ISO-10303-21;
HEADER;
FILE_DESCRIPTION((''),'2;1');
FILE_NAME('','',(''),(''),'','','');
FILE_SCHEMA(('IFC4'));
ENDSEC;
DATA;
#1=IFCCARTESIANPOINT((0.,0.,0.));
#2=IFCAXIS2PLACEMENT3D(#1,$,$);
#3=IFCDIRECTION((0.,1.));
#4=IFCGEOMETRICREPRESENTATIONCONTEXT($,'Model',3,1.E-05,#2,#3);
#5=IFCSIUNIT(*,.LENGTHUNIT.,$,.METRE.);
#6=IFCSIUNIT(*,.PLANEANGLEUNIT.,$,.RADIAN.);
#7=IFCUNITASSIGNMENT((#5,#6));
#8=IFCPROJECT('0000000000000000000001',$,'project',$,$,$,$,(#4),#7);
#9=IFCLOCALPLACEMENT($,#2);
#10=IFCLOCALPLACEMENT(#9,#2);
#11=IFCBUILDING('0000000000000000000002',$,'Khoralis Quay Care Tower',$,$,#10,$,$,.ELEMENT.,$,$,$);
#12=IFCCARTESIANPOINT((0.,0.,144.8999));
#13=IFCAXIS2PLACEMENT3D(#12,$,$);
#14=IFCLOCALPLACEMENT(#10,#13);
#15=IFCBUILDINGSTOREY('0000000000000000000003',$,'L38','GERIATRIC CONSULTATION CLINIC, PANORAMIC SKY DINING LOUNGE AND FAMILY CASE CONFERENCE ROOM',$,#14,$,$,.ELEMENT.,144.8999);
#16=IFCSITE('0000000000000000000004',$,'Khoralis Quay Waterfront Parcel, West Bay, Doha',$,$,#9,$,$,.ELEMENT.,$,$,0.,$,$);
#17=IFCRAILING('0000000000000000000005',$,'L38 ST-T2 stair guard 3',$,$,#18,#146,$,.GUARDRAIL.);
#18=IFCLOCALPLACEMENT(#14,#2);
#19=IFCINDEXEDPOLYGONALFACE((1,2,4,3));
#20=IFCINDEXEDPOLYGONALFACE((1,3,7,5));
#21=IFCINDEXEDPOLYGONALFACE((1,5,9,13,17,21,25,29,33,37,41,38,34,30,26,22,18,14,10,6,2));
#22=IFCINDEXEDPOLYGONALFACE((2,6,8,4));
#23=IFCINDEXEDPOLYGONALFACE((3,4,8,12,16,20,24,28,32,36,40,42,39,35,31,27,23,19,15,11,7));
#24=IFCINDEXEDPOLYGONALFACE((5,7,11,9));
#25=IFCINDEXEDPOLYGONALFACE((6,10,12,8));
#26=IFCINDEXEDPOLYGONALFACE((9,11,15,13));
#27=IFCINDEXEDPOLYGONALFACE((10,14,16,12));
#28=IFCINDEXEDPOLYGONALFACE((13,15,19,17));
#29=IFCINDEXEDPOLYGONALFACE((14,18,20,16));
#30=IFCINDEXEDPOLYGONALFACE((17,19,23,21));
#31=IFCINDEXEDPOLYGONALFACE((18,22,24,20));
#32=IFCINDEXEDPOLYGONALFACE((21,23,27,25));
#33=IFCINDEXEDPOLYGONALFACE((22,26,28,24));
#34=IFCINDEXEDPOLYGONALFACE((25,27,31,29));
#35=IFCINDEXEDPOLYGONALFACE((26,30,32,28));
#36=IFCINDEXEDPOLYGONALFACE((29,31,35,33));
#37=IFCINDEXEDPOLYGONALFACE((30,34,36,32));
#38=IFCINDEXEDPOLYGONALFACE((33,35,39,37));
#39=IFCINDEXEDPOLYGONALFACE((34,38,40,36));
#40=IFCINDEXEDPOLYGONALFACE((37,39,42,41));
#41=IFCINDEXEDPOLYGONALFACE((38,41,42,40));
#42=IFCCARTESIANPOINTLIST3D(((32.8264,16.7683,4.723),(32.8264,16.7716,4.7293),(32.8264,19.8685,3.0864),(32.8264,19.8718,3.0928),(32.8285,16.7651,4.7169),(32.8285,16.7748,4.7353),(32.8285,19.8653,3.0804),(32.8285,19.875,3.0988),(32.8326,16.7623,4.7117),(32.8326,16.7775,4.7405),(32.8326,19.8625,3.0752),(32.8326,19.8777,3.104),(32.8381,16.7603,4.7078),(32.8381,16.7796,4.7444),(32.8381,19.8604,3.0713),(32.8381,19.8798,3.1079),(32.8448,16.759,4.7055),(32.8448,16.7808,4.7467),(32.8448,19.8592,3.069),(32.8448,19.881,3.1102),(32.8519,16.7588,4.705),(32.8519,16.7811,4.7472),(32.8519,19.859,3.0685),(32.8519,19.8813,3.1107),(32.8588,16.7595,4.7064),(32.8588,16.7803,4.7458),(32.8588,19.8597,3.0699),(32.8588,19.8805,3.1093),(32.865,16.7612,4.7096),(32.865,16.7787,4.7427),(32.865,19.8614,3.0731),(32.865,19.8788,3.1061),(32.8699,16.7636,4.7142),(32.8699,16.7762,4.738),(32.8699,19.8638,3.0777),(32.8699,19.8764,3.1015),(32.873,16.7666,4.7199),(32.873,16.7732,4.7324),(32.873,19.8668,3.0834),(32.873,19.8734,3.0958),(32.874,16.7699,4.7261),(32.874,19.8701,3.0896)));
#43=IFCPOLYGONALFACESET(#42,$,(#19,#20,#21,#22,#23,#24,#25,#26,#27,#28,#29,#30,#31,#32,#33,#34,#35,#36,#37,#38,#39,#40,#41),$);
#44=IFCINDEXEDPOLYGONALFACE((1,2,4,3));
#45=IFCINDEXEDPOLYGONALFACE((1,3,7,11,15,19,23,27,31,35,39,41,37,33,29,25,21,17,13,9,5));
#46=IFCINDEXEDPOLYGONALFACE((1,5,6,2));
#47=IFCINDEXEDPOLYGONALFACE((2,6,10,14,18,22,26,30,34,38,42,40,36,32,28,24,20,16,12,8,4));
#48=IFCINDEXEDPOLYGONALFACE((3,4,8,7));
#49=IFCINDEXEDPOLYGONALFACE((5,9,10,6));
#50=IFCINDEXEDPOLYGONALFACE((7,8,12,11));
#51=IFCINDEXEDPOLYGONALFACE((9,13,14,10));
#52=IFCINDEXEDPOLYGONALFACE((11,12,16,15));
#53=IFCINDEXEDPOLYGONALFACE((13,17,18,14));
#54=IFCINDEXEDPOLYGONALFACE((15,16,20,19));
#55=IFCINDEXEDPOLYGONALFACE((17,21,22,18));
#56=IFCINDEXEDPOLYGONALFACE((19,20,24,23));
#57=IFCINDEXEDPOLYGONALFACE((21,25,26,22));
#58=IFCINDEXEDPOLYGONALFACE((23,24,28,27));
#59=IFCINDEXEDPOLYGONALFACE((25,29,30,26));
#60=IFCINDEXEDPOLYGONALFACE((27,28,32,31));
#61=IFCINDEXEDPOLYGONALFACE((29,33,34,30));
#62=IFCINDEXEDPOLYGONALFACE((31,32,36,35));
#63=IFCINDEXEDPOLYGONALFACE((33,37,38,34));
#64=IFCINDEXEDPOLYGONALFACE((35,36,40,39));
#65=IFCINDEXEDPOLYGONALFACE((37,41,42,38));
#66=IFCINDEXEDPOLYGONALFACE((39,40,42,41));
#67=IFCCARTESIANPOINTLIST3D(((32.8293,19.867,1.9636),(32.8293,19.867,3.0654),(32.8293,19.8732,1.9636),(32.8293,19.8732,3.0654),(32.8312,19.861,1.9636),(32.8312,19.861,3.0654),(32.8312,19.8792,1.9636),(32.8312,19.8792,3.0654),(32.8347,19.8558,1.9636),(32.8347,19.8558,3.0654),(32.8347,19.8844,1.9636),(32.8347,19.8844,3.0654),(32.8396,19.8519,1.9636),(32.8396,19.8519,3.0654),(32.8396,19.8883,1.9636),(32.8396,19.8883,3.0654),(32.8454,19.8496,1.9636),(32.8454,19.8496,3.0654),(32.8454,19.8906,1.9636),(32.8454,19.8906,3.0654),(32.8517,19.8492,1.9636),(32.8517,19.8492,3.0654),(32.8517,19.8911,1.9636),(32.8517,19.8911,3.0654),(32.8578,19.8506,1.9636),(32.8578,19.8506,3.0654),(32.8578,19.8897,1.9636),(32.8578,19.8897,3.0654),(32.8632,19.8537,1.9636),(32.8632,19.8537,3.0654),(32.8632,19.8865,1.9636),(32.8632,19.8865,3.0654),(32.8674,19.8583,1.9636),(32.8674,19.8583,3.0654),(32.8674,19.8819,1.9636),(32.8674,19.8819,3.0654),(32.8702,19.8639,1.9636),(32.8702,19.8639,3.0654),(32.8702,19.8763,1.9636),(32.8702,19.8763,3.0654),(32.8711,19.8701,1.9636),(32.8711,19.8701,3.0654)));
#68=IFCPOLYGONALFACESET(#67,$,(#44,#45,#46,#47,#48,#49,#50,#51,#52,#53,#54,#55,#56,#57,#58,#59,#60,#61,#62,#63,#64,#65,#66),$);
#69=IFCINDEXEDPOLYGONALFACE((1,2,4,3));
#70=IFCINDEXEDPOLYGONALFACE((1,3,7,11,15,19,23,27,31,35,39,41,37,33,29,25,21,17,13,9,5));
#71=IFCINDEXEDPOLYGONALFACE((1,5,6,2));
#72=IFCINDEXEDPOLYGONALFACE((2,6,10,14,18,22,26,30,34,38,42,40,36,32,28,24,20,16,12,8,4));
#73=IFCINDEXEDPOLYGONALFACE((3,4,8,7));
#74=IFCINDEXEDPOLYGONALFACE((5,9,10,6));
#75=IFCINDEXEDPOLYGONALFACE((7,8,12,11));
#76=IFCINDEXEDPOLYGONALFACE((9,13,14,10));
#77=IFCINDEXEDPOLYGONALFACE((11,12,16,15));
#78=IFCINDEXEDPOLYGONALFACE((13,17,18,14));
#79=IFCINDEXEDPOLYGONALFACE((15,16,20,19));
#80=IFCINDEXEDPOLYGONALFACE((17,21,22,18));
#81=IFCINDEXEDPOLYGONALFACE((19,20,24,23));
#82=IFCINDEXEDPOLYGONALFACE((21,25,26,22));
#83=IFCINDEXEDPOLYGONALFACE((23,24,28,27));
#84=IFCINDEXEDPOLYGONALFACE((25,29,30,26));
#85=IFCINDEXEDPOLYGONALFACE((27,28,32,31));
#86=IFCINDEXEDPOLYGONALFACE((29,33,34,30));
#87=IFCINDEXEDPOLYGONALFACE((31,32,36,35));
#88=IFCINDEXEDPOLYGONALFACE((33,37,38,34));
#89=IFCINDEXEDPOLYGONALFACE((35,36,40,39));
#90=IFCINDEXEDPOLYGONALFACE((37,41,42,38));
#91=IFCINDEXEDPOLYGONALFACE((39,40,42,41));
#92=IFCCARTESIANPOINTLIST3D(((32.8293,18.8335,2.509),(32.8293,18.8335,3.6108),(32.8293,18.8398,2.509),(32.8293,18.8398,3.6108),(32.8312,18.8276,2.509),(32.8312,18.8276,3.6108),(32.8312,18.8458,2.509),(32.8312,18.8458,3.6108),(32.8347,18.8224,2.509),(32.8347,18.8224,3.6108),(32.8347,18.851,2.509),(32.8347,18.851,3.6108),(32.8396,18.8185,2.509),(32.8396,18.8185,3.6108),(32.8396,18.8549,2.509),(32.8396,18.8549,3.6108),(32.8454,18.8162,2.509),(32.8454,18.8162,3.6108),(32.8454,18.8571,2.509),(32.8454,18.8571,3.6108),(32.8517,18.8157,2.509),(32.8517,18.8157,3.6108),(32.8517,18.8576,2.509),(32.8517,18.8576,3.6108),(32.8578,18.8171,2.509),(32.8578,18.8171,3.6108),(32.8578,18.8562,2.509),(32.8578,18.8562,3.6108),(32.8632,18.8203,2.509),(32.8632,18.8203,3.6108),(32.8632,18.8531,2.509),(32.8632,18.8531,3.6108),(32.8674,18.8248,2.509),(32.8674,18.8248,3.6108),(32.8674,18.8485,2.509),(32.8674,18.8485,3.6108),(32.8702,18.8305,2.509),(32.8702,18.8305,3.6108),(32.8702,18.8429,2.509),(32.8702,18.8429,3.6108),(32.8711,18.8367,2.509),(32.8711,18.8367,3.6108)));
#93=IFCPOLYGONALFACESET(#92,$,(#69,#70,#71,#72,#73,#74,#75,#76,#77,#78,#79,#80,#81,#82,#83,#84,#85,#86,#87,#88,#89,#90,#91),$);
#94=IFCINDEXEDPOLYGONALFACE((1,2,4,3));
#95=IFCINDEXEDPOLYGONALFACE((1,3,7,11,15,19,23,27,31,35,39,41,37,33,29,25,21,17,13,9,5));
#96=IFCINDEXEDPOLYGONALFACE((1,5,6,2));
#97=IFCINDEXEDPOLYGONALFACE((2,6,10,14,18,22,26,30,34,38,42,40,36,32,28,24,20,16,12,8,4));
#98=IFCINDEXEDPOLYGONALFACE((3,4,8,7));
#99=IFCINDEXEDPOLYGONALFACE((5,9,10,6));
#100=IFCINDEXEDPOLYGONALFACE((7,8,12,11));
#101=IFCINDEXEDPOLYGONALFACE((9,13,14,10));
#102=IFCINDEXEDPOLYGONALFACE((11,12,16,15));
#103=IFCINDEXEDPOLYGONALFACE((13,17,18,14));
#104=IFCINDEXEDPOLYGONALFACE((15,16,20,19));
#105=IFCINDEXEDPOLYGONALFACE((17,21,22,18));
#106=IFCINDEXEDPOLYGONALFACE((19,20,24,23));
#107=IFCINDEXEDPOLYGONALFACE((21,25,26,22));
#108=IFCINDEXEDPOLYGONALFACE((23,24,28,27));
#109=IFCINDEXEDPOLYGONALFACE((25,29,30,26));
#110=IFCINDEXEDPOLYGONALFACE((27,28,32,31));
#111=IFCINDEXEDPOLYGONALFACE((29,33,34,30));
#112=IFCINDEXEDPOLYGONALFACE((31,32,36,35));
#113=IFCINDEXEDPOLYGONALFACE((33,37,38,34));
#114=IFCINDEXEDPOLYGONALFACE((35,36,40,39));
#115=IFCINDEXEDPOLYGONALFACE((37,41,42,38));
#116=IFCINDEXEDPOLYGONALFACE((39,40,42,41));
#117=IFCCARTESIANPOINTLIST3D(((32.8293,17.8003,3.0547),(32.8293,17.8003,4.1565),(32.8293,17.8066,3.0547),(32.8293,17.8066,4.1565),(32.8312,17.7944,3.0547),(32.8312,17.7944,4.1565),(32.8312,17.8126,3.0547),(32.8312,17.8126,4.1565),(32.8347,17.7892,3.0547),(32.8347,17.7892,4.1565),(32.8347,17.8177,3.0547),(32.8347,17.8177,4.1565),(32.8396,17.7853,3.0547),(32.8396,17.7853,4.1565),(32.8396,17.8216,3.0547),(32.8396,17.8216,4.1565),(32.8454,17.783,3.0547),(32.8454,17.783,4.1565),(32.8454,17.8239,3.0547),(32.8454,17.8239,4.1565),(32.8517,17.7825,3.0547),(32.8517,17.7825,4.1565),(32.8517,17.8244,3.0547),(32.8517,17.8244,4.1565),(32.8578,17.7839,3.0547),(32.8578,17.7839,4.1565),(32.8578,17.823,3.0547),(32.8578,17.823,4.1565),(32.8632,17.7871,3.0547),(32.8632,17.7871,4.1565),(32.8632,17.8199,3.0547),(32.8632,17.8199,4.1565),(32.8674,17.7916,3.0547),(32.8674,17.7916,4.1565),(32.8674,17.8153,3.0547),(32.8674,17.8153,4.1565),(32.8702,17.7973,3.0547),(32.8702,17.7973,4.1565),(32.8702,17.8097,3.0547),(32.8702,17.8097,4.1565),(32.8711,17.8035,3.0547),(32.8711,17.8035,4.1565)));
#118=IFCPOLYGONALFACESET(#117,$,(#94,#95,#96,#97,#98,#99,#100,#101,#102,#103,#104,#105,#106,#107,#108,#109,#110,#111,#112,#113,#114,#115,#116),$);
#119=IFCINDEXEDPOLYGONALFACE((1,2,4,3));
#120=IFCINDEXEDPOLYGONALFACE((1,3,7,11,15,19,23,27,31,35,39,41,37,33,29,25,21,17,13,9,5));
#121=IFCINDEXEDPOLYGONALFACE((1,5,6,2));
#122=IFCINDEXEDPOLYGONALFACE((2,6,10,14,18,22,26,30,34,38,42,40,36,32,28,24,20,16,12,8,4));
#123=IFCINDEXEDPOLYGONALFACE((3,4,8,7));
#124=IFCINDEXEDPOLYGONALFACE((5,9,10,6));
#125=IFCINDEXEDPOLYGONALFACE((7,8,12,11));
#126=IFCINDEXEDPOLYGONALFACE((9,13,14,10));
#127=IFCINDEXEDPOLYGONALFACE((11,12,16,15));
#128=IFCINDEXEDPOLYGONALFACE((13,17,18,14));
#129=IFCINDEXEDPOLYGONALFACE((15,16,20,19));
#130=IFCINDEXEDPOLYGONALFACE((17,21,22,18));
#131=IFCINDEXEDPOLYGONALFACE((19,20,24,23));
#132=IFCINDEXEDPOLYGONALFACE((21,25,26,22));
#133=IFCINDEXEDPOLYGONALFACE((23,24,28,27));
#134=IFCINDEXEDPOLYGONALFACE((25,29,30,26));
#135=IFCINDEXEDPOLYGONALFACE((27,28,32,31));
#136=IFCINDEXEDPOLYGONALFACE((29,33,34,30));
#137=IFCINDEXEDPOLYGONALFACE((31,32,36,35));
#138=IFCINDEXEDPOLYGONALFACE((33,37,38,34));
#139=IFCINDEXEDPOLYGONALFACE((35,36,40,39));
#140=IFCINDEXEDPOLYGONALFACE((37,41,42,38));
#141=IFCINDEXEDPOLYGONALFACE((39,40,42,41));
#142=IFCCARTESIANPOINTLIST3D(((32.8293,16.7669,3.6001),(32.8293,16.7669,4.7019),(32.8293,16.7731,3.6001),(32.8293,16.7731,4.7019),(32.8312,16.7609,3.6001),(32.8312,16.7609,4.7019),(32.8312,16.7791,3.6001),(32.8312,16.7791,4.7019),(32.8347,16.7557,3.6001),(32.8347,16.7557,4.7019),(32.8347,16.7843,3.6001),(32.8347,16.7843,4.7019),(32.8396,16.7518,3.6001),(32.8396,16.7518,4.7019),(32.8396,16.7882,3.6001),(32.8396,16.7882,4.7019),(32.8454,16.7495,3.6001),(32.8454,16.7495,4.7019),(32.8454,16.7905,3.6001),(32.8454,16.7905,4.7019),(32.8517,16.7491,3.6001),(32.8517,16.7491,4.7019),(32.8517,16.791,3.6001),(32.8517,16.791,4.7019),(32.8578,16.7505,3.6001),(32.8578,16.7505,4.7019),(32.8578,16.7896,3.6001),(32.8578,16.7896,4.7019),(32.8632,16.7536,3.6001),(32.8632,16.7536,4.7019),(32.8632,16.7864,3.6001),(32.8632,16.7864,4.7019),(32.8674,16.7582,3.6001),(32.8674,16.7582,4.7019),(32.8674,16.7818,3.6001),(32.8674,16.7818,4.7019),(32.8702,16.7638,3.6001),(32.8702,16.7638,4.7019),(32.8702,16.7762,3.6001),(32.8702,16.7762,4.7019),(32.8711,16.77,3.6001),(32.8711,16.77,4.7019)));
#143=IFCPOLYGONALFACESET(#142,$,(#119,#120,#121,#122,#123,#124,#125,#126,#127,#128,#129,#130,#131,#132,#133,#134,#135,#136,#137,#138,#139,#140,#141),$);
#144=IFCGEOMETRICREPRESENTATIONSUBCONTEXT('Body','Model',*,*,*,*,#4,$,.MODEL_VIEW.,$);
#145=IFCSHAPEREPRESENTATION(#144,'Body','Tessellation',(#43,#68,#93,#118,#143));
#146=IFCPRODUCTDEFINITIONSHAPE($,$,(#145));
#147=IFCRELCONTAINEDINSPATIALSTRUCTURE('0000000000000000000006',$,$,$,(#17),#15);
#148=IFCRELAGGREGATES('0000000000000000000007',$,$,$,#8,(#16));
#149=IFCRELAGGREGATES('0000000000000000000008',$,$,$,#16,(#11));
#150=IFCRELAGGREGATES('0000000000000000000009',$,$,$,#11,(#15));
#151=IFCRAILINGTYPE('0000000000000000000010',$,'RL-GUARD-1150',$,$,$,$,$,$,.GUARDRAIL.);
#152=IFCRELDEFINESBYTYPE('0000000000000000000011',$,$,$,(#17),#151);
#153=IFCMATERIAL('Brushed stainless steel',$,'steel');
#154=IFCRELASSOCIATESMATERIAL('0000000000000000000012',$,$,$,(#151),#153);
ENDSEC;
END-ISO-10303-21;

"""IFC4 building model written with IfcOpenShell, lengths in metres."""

from ifc_helpers import new_model, si_unit, direction, frame, origin, origin_2d, place, context, subcontext, project, spatial, circle, extrude, material, type_object, element, save


model = new_model("IFC4")

# Units and contexts
model_context = context("Model", 3, precision=1e-05, world=origin(), true_north=direction((0.0, 1.0)))
body_context = subcontext(model_context, "Body", "Model", "MODEL_VIEW")
ifc_project = project(units=[si_unit("LENGTHUNIT", "METRE"), si_unit("PLANEANGLEUNIT", "RADIAN")], contexts=[model_context])

# Site, building, storey
site_placement = place(None, origin())
site = spatial("IfcSite", under=ifc_project, at=site_placement, Name="Khoralis Quay Waterfront Parcel, West Bay, Doha", CompositionType="ELEMENT", RefElevation=0.0)
building_placement = place(site_placement, origin())
building = spatial("IfcBuilding", under=site, at=building_placement, Name="Khoralis Quay Care Tower", CompositionType="ELEMENT")
storey_placement = place(building_placement, frame((0.0, 0.0, 144.8999)))
storey = spatial("IfcBuildingStorey", under=building, at=storey_placement, Name="L38", Description="GERIATRIC CONSULTATION CLINIC, PANORAMIC SKY DINING LOUNGE AND FAMILY CASE CONFERENCE ROOM", CompositionType="ELEMENT", Elevation=144.8999)

# Shared definitions
ifc_material_1 = material(Name="Brushed stainless steel", Category="steel")

# Railing
railing_type = type_object("IfcRailingType", Name="RL-GUARD-1150", PredefinedType="GUARDRAIL", material=ifc_material_1)
railing_1_placement = place(storey_placement, frame((32.8501, 19.8701, 1.9636)))
element("IfcRailing", 1, at=railing_1_placement, inside=storey, type_object=railing_type, Name="L38 ST-T2 stair guard 3", PredefinedType="GUARDRAIL", context=body_context, shape_type="SweptSolid", body=[
    extrude(circle(Radius=0.0239, at=origin_2d()), frame((0.0, 0.0, 1.126), z_axis=(0.0, -0.884348, 0.466828), x_axis=(1.0, 0.0, 0.0)), (0.0, 0.0, 1.0), 3.5056),
    extrude(circle(Radius=0.021, at=origin_2d()), origin(), (0.0, 0.0, 1.0), 1.1018),
    extrude(circle(Radius=0.021, at=origin_2d()), frame((0.0, -1.0334, 0.5454)), (0.0, 0.0, 1.0), 1.1018),
    extrude(circle(Radius=0.021, at=origin_2d()), frame((0.0, -2.0667, 1.0911)), (0.0, 0.0, 1.0), 1.1018),
    extrude(circle(Radius=0.021, at=origin_2d()), frame((0.0, -3.1001, 1.6365)), (0.0, 0.0, 1.0), 1.1018),
])

save(model, "model.ifc")
